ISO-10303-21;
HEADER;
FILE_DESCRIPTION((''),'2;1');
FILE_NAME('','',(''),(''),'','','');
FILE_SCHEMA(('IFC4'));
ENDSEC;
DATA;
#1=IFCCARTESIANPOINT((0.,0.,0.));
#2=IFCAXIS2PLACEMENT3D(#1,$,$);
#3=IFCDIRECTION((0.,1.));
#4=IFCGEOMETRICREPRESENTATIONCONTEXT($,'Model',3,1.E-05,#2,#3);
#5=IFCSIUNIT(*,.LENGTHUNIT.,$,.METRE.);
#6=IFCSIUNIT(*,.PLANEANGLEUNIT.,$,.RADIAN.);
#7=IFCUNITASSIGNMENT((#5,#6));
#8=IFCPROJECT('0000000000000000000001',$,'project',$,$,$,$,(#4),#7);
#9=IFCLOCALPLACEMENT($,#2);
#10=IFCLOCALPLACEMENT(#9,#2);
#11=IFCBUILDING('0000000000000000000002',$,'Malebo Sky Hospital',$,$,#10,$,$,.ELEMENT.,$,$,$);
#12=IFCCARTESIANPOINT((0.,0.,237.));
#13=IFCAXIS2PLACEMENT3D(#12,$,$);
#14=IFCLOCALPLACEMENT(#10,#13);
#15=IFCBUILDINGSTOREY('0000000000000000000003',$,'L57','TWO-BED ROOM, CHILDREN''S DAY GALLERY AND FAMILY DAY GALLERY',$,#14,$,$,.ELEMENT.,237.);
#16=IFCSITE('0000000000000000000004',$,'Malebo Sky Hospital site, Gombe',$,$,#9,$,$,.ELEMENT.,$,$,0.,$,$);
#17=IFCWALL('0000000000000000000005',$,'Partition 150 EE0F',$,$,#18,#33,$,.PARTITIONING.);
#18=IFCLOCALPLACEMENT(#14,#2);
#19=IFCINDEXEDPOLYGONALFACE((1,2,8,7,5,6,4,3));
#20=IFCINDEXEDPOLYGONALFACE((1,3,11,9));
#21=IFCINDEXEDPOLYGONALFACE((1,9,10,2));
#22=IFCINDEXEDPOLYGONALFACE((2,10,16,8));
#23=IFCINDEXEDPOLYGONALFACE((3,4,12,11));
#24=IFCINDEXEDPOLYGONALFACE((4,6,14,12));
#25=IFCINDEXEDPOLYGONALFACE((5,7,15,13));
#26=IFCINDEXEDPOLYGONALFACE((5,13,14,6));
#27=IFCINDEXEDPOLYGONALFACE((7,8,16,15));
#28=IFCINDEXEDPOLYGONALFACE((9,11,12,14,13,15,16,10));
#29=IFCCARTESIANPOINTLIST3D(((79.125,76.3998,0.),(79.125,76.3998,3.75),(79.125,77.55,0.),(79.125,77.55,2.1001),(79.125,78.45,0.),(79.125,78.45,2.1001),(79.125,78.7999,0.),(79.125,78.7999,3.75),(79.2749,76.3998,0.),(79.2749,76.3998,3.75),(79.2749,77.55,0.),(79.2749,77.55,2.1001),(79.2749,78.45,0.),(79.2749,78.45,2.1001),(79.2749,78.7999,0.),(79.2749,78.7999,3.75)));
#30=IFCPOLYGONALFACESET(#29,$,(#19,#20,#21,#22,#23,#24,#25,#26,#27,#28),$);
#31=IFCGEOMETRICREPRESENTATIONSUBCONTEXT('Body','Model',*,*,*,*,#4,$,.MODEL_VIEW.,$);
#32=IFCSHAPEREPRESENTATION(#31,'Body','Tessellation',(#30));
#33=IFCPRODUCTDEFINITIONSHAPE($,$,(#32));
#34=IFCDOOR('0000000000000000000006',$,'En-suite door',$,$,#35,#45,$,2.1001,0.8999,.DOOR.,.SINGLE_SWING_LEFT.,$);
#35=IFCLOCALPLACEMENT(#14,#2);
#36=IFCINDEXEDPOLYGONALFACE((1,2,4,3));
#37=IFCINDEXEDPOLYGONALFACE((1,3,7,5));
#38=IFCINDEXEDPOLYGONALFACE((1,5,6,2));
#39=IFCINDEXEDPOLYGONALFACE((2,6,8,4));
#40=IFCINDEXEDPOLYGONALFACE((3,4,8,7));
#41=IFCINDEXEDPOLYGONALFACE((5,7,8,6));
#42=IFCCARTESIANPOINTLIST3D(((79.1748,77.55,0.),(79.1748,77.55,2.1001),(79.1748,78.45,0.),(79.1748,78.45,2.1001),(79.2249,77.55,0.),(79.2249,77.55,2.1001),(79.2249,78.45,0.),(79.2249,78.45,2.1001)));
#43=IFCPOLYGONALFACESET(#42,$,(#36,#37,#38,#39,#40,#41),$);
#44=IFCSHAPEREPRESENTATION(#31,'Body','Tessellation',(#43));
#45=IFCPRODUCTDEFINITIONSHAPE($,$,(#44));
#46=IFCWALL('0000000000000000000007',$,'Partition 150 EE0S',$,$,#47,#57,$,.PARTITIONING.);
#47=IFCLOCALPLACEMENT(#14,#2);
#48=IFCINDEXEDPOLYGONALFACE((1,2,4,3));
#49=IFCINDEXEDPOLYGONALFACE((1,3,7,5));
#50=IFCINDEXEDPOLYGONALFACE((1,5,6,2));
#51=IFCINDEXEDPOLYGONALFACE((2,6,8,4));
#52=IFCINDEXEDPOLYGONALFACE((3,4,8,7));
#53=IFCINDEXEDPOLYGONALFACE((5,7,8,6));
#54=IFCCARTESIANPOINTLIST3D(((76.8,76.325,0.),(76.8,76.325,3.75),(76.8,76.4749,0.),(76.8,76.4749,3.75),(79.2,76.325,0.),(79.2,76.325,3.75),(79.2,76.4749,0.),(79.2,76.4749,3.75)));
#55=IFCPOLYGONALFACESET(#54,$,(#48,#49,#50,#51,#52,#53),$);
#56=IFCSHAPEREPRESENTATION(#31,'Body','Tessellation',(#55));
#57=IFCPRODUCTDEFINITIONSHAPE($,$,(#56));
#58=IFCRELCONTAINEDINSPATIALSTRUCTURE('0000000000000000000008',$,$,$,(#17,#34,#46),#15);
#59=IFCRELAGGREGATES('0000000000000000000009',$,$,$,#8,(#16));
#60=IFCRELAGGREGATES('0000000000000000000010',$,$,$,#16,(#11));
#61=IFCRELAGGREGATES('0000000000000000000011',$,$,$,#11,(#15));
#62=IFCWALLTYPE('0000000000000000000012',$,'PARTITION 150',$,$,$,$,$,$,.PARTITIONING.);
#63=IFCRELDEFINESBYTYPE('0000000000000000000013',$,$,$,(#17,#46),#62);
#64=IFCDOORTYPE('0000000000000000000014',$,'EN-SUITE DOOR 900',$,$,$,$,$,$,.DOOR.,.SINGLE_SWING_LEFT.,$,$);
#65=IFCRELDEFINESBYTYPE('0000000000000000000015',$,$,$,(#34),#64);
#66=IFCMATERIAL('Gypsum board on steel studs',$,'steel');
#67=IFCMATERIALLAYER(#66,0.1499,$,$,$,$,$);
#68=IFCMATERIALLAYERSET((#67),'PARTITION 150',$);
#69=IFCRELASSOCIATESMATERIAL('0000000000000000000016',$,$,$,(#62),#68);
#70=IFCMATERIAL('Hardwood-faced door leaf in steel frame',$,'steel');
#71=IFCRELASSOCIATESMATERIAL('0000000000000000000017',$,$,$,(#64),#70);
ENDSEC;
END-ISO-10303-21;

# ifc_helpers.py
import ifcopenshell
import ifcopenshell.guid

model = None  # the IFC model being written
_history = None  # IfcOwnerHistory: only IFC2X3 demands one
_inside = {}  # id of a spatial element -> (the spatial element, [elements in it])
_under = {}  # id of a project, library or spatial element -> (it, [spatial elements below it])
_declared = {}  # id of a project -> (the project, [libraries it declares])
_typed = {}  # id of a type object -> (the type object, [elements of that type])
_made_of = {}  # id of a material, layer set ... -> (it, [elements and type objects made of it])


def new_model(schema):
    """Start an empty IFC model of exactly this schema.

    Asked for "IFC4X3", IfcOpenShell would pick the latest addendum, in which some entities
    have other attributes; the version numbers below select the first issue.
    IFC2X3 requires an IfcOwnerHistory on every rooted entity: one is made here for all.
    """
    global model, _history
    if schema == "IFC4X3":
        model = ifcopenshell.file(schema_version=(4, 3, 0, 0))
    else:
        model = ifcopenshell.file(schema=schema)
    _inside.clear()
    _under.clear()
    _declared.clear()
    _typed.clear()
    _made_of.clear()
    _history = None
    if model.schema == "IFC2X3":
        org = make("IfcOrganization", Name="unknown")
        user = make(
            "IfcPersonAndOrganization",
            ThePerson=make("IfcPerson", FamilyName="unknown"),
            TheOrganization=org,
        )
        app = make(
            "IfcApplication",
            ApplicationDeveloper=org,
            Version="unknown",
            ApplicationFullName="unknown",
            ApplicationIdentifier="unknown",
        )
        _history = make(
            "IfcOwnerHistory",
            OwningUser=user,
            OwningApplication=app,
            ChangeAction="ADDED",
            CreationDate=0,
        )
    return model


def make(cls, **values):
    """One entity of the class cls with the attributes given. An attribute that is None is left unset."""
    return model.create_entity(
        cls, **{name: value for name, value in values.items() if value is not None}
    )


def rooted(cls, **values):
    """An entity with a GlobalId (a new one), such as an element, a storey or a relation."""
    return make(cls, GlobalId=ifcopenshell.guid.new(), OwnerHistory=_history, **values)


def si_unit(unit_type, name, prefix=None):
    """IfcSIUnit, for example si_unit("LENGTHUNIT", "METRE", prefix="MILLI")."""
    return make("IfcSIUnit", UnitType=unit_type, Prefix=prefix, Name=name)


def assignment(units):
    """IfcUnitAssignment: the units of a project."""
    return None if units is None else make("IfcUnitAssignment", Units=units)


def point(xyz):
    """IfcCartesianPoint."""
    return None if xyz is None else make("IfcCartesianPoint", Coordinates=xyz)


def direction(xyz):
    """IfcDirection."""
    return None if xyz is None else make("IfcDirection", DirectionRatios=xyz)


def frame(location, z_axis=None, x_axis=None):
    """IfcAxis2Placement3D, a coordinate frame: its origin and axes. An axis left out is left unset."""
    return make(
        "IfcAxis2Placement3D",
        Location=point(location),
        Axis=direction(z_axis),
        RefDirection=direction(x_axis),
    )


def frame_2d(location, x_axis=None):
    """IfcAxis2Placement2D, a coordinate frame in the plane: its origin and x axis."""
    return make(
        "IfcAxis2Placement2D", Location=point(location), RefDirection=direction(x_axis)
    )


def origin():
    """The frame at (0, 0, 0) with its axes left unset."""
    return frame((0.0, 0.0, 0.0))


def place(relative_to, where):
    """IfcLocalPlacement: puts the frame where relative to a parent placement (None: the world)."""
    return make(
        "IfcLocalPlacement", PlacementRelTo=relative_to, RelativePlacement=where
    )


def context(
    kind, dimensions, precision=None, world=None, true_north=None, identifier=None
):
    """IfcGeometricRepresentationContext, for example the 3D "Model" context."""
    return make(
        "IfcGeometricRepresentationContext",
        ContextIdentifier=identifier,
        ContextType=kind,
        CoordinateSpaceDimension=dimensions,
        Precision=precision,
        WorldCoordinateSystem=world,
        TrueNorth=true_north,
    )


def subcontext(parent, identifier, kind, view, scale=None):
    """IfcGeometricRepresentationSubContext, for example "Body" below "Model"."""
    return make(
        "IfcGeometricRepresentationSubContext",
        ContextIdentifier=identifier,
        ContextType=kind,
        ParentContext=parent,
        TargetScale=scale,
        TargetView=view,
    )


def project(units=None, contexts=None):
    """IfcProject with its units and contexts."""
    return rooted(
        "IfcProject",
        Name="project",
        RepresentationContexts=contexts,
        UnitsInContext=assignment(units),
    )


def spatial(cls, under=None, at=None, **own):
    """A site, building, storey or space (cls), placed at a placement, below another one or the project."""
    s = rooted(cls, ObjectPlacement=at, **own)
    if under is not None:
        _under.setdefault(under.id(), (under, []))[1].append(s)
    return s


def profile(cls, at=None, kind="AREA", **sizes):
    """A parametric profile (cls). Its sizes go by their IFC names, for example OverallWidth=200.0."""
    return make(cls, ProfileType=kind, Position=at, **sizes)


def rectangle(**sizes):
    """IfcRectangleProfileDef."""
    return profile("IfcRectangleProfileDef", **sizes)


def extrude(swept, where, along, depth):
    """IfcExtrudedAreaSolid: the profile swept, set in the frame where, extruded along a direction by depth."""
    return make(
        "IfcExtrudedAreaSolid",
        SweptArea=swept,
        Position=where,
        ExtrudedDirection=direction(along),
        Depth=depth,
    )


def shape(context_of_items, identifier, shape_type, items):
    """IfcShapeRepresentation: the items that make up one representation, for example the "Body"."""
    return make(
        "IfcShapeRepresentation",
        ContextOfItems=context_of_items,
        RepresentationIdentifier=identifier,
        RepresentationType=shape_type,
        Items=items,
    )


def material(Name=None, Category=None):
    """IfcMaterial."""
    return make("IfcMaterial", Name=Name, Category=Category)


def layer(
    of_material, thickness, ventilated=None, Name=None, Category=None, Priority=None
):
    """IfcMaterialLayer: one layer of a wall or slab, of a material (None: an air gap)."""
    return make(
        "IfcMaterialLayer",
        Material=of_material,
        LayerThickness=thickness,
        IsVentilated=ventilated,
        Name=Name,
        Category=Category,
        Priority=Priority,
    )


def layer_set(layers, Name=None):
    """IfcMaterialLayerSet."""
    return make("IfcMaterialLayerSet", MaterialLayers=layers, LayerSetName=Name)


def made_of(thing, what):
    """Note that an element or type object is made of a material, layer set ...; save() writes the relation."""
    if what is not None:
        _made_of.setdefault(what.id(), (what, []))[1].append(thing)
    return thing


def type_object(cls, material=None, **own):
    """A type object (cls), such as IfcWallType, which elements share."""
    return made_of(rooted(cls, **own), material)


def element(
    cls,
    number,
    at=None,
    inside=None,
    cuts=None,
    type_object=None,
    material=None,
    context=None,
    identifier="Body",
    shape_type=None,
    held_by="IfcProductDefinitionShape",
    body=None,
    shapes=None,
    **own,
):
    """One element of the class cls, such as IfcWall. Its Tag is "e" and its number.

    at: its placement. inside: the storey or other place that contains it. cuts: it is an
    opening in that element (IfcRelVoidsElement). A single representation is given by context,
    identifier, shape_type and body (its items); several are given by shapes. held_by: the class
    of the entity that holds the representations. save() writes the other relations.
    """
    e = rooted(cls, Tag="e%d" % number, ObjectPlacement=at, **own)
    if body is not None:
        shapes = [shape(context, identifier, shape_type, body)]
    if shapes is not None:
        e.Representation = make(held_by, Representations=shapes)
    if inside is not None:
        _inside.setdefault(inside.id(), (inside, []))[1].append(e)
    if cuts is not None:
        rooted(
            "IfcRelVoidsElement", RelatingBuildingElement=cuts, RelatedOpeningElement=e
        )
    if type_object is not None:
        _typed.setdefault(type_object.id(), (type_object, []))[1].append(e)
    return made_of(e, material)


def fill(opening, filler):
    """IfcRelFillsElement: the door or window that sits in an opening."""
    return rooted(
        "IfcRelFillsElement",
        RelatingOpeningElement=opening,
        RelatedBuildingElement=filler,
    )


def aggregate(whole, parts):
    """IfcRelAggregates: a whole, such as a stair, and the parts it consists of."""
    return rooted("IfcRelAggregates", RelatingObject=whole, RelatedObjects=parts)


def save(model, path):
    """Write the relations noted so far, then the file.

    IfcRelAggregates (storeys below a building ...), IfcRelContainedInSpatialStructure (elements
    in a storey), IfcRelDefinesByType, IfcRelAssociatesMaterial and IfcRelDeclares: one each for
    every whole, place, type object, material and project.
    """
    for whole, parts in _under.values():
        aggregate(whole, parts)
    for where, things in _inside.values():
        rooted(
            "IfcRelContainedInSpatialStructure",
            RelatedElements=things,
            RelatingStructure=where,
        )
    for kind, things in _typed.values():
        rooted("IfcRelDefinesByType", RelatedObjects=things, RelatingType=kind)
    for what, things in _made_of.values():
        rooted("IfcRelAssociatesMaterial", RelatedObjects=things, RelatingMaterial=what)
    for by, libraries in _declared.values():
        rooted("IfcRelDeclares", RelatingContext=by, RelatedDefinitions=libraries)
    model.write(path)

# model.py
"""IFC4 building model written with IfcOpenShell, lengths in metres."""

from ifc_helpers import new_model, si_unit, direction, frame, frame_2d, origin, place, context, subcontext, project, spatial, rectangle, extrude, material, layer, layer_set, type_object, element, fill, save


model = new_model("IFC4")

# Units and contexts
model_context = context("Model", 3, precision=1e-05, world=origin(), true_north=direction((0.0, 1.0)))
body_context = subcontext(model_context, "Body", "Model", "MODEL_VIEW")
ifc_project = project(units=[si_unit("LENGTHUNIT", "METRE"), si_unit("PLANEANGLEUNIT", "RADIAN")], contexts=[model_context])

# Site, building, storey
site_placement = place(None, origin())
site = spatial("IfcSite", under=ifc_project, at=site_placement, Name="Malebo Sky Hospital site, Gombe", CompositionType="ELEMENT", RefElevation=0.0)
building_placement = place(site_placement, origin())
building = spatial("IfcBuilding", under=site, at=building_placement, Name="Malebo Sky Hospital", CompositionType="ELEMENT")
storey_placement = place(building_placement, frame((0.0, 0.0, 237.0)))
storey = spatial("IfcBuildingStorey", under=building, at=storey_placement, Name="L57", Description="TWO-BED ROOM, CHILDREN'S DAY GALLERY AND FAMILY DAY GALLERY", CompositionType="ELEMENT", Elevation=237.0)

# Shared definitions
ifc_material_1 = material(Name="Gypsum board on steel studs", Category="steel")
ifc_material_2 = material(Name="Hardwood-faced door leaf in steel frame", Category="steel")

# Shared definitions
ifc_layer_1 = layer(ifc_material_1, 0.1499)
ifc_layer_set_1 = layer_set([ifc_layer_1], Name="PARTITION 150")
wall_type_1 = type_object("IfcWallType", Name="PARTITION 150", PredefinedType="PARTITIONING", material=ifc_layer_set_1)

# Wall, opening, door
wall_1_placement = place(storey_placement, frame((79.2, 78.8, 0.0), z_axis=(0.0, 0.0, 1.0), x_axis=(0.0, -1.0, 0.0)))
wall_1 = element("IfcWall", 1, at=wall_1_placement, inside=storey, type_object=wall_type_1, Name="Partition 150 EE0F", PredefinedType="PARTITIONING", context=body_context, shape_type="SweptSolid", body=[
    extrude(rectangle(XDim=2.4001, YDim=0.1499, at=frame_2d((1.2002, 0.0))), origin(), (0.0, 0.0, 1.0), 3.75),
])
opening_1_placement = place(wall_1_placement, frame((0.3501, 0.0, 0.0)))
opening_1 = element("IfcOpeningElement", 2, at=opening_1_placement, cuts=wall_1, PredefinedType="OPENING", context=body_context, shape_type="SweptSolid", body=[
    extrude(rectangle(XDim=0.8999, YDim=2.1001, at=frame_2d((0.45, 1.05))), frame((0.0, 0.085, 0.0), z_axis=(0.0, -1.0, 0.0), x_axis=(1.0, 0.0, 0.0)), (0.0, 0.0, 1.0), 0.1699),
])
door_type_1 = type_object("IfcDoorType", Name="EN-SUITE DOOR 900", OperationType="SINGLE_SWING_LEFT", PredefinedType="DOOR", material=ifc_material_2)
door_1_placement = place(opening_1_placement, origin())
door_1 = element("IfcDoor", 3, at=door_1_placement, inside=storey, type_object=door_type_1, Name="En-suite door", OperationType="SINGLE_SWING_LEFT", OverallHeight=2.1001, OverallWidth=0.8999, PredefinedType="DOOR", context=body_context, shape_type="SweptSolid", body=[
    extrude(rectangle(XDim=0.8999, YDim=2.1001, at=frame_2d((0.45, 1.05))), frame((0.0, 0.0249, 0.0), z_axis=(0.0, -1.0, 0.0), x_axis=(1.0, 0.0, 0.0)), (0.0, 0.0, 1.0), 0.05),
])
fill(opening_1, door_1)

# Wall
wall_2_placement = place(storey_placement, frame((76.8, 76.3999, 0.0), z_axis=(0.0, 0.0, 1.0), x_axis=(1.0, 0.0, 0.0)))
element("IfcWall", 4, at=wall_2_placement, inside=storey, type_object=wall_type_1, Name="Partition 150 EE0S", PredefinedType="PARTITIONING", context=body_context, shape_type="SweptSolid", body=[
    extrude(rectangle(XDim=2.3999, YDim=0.1499, at=frame_2d((1.2, 0.0))), origin(), (0.0, 0.0, 1.0), 3.75),
])

save(model, "model.ifc")
